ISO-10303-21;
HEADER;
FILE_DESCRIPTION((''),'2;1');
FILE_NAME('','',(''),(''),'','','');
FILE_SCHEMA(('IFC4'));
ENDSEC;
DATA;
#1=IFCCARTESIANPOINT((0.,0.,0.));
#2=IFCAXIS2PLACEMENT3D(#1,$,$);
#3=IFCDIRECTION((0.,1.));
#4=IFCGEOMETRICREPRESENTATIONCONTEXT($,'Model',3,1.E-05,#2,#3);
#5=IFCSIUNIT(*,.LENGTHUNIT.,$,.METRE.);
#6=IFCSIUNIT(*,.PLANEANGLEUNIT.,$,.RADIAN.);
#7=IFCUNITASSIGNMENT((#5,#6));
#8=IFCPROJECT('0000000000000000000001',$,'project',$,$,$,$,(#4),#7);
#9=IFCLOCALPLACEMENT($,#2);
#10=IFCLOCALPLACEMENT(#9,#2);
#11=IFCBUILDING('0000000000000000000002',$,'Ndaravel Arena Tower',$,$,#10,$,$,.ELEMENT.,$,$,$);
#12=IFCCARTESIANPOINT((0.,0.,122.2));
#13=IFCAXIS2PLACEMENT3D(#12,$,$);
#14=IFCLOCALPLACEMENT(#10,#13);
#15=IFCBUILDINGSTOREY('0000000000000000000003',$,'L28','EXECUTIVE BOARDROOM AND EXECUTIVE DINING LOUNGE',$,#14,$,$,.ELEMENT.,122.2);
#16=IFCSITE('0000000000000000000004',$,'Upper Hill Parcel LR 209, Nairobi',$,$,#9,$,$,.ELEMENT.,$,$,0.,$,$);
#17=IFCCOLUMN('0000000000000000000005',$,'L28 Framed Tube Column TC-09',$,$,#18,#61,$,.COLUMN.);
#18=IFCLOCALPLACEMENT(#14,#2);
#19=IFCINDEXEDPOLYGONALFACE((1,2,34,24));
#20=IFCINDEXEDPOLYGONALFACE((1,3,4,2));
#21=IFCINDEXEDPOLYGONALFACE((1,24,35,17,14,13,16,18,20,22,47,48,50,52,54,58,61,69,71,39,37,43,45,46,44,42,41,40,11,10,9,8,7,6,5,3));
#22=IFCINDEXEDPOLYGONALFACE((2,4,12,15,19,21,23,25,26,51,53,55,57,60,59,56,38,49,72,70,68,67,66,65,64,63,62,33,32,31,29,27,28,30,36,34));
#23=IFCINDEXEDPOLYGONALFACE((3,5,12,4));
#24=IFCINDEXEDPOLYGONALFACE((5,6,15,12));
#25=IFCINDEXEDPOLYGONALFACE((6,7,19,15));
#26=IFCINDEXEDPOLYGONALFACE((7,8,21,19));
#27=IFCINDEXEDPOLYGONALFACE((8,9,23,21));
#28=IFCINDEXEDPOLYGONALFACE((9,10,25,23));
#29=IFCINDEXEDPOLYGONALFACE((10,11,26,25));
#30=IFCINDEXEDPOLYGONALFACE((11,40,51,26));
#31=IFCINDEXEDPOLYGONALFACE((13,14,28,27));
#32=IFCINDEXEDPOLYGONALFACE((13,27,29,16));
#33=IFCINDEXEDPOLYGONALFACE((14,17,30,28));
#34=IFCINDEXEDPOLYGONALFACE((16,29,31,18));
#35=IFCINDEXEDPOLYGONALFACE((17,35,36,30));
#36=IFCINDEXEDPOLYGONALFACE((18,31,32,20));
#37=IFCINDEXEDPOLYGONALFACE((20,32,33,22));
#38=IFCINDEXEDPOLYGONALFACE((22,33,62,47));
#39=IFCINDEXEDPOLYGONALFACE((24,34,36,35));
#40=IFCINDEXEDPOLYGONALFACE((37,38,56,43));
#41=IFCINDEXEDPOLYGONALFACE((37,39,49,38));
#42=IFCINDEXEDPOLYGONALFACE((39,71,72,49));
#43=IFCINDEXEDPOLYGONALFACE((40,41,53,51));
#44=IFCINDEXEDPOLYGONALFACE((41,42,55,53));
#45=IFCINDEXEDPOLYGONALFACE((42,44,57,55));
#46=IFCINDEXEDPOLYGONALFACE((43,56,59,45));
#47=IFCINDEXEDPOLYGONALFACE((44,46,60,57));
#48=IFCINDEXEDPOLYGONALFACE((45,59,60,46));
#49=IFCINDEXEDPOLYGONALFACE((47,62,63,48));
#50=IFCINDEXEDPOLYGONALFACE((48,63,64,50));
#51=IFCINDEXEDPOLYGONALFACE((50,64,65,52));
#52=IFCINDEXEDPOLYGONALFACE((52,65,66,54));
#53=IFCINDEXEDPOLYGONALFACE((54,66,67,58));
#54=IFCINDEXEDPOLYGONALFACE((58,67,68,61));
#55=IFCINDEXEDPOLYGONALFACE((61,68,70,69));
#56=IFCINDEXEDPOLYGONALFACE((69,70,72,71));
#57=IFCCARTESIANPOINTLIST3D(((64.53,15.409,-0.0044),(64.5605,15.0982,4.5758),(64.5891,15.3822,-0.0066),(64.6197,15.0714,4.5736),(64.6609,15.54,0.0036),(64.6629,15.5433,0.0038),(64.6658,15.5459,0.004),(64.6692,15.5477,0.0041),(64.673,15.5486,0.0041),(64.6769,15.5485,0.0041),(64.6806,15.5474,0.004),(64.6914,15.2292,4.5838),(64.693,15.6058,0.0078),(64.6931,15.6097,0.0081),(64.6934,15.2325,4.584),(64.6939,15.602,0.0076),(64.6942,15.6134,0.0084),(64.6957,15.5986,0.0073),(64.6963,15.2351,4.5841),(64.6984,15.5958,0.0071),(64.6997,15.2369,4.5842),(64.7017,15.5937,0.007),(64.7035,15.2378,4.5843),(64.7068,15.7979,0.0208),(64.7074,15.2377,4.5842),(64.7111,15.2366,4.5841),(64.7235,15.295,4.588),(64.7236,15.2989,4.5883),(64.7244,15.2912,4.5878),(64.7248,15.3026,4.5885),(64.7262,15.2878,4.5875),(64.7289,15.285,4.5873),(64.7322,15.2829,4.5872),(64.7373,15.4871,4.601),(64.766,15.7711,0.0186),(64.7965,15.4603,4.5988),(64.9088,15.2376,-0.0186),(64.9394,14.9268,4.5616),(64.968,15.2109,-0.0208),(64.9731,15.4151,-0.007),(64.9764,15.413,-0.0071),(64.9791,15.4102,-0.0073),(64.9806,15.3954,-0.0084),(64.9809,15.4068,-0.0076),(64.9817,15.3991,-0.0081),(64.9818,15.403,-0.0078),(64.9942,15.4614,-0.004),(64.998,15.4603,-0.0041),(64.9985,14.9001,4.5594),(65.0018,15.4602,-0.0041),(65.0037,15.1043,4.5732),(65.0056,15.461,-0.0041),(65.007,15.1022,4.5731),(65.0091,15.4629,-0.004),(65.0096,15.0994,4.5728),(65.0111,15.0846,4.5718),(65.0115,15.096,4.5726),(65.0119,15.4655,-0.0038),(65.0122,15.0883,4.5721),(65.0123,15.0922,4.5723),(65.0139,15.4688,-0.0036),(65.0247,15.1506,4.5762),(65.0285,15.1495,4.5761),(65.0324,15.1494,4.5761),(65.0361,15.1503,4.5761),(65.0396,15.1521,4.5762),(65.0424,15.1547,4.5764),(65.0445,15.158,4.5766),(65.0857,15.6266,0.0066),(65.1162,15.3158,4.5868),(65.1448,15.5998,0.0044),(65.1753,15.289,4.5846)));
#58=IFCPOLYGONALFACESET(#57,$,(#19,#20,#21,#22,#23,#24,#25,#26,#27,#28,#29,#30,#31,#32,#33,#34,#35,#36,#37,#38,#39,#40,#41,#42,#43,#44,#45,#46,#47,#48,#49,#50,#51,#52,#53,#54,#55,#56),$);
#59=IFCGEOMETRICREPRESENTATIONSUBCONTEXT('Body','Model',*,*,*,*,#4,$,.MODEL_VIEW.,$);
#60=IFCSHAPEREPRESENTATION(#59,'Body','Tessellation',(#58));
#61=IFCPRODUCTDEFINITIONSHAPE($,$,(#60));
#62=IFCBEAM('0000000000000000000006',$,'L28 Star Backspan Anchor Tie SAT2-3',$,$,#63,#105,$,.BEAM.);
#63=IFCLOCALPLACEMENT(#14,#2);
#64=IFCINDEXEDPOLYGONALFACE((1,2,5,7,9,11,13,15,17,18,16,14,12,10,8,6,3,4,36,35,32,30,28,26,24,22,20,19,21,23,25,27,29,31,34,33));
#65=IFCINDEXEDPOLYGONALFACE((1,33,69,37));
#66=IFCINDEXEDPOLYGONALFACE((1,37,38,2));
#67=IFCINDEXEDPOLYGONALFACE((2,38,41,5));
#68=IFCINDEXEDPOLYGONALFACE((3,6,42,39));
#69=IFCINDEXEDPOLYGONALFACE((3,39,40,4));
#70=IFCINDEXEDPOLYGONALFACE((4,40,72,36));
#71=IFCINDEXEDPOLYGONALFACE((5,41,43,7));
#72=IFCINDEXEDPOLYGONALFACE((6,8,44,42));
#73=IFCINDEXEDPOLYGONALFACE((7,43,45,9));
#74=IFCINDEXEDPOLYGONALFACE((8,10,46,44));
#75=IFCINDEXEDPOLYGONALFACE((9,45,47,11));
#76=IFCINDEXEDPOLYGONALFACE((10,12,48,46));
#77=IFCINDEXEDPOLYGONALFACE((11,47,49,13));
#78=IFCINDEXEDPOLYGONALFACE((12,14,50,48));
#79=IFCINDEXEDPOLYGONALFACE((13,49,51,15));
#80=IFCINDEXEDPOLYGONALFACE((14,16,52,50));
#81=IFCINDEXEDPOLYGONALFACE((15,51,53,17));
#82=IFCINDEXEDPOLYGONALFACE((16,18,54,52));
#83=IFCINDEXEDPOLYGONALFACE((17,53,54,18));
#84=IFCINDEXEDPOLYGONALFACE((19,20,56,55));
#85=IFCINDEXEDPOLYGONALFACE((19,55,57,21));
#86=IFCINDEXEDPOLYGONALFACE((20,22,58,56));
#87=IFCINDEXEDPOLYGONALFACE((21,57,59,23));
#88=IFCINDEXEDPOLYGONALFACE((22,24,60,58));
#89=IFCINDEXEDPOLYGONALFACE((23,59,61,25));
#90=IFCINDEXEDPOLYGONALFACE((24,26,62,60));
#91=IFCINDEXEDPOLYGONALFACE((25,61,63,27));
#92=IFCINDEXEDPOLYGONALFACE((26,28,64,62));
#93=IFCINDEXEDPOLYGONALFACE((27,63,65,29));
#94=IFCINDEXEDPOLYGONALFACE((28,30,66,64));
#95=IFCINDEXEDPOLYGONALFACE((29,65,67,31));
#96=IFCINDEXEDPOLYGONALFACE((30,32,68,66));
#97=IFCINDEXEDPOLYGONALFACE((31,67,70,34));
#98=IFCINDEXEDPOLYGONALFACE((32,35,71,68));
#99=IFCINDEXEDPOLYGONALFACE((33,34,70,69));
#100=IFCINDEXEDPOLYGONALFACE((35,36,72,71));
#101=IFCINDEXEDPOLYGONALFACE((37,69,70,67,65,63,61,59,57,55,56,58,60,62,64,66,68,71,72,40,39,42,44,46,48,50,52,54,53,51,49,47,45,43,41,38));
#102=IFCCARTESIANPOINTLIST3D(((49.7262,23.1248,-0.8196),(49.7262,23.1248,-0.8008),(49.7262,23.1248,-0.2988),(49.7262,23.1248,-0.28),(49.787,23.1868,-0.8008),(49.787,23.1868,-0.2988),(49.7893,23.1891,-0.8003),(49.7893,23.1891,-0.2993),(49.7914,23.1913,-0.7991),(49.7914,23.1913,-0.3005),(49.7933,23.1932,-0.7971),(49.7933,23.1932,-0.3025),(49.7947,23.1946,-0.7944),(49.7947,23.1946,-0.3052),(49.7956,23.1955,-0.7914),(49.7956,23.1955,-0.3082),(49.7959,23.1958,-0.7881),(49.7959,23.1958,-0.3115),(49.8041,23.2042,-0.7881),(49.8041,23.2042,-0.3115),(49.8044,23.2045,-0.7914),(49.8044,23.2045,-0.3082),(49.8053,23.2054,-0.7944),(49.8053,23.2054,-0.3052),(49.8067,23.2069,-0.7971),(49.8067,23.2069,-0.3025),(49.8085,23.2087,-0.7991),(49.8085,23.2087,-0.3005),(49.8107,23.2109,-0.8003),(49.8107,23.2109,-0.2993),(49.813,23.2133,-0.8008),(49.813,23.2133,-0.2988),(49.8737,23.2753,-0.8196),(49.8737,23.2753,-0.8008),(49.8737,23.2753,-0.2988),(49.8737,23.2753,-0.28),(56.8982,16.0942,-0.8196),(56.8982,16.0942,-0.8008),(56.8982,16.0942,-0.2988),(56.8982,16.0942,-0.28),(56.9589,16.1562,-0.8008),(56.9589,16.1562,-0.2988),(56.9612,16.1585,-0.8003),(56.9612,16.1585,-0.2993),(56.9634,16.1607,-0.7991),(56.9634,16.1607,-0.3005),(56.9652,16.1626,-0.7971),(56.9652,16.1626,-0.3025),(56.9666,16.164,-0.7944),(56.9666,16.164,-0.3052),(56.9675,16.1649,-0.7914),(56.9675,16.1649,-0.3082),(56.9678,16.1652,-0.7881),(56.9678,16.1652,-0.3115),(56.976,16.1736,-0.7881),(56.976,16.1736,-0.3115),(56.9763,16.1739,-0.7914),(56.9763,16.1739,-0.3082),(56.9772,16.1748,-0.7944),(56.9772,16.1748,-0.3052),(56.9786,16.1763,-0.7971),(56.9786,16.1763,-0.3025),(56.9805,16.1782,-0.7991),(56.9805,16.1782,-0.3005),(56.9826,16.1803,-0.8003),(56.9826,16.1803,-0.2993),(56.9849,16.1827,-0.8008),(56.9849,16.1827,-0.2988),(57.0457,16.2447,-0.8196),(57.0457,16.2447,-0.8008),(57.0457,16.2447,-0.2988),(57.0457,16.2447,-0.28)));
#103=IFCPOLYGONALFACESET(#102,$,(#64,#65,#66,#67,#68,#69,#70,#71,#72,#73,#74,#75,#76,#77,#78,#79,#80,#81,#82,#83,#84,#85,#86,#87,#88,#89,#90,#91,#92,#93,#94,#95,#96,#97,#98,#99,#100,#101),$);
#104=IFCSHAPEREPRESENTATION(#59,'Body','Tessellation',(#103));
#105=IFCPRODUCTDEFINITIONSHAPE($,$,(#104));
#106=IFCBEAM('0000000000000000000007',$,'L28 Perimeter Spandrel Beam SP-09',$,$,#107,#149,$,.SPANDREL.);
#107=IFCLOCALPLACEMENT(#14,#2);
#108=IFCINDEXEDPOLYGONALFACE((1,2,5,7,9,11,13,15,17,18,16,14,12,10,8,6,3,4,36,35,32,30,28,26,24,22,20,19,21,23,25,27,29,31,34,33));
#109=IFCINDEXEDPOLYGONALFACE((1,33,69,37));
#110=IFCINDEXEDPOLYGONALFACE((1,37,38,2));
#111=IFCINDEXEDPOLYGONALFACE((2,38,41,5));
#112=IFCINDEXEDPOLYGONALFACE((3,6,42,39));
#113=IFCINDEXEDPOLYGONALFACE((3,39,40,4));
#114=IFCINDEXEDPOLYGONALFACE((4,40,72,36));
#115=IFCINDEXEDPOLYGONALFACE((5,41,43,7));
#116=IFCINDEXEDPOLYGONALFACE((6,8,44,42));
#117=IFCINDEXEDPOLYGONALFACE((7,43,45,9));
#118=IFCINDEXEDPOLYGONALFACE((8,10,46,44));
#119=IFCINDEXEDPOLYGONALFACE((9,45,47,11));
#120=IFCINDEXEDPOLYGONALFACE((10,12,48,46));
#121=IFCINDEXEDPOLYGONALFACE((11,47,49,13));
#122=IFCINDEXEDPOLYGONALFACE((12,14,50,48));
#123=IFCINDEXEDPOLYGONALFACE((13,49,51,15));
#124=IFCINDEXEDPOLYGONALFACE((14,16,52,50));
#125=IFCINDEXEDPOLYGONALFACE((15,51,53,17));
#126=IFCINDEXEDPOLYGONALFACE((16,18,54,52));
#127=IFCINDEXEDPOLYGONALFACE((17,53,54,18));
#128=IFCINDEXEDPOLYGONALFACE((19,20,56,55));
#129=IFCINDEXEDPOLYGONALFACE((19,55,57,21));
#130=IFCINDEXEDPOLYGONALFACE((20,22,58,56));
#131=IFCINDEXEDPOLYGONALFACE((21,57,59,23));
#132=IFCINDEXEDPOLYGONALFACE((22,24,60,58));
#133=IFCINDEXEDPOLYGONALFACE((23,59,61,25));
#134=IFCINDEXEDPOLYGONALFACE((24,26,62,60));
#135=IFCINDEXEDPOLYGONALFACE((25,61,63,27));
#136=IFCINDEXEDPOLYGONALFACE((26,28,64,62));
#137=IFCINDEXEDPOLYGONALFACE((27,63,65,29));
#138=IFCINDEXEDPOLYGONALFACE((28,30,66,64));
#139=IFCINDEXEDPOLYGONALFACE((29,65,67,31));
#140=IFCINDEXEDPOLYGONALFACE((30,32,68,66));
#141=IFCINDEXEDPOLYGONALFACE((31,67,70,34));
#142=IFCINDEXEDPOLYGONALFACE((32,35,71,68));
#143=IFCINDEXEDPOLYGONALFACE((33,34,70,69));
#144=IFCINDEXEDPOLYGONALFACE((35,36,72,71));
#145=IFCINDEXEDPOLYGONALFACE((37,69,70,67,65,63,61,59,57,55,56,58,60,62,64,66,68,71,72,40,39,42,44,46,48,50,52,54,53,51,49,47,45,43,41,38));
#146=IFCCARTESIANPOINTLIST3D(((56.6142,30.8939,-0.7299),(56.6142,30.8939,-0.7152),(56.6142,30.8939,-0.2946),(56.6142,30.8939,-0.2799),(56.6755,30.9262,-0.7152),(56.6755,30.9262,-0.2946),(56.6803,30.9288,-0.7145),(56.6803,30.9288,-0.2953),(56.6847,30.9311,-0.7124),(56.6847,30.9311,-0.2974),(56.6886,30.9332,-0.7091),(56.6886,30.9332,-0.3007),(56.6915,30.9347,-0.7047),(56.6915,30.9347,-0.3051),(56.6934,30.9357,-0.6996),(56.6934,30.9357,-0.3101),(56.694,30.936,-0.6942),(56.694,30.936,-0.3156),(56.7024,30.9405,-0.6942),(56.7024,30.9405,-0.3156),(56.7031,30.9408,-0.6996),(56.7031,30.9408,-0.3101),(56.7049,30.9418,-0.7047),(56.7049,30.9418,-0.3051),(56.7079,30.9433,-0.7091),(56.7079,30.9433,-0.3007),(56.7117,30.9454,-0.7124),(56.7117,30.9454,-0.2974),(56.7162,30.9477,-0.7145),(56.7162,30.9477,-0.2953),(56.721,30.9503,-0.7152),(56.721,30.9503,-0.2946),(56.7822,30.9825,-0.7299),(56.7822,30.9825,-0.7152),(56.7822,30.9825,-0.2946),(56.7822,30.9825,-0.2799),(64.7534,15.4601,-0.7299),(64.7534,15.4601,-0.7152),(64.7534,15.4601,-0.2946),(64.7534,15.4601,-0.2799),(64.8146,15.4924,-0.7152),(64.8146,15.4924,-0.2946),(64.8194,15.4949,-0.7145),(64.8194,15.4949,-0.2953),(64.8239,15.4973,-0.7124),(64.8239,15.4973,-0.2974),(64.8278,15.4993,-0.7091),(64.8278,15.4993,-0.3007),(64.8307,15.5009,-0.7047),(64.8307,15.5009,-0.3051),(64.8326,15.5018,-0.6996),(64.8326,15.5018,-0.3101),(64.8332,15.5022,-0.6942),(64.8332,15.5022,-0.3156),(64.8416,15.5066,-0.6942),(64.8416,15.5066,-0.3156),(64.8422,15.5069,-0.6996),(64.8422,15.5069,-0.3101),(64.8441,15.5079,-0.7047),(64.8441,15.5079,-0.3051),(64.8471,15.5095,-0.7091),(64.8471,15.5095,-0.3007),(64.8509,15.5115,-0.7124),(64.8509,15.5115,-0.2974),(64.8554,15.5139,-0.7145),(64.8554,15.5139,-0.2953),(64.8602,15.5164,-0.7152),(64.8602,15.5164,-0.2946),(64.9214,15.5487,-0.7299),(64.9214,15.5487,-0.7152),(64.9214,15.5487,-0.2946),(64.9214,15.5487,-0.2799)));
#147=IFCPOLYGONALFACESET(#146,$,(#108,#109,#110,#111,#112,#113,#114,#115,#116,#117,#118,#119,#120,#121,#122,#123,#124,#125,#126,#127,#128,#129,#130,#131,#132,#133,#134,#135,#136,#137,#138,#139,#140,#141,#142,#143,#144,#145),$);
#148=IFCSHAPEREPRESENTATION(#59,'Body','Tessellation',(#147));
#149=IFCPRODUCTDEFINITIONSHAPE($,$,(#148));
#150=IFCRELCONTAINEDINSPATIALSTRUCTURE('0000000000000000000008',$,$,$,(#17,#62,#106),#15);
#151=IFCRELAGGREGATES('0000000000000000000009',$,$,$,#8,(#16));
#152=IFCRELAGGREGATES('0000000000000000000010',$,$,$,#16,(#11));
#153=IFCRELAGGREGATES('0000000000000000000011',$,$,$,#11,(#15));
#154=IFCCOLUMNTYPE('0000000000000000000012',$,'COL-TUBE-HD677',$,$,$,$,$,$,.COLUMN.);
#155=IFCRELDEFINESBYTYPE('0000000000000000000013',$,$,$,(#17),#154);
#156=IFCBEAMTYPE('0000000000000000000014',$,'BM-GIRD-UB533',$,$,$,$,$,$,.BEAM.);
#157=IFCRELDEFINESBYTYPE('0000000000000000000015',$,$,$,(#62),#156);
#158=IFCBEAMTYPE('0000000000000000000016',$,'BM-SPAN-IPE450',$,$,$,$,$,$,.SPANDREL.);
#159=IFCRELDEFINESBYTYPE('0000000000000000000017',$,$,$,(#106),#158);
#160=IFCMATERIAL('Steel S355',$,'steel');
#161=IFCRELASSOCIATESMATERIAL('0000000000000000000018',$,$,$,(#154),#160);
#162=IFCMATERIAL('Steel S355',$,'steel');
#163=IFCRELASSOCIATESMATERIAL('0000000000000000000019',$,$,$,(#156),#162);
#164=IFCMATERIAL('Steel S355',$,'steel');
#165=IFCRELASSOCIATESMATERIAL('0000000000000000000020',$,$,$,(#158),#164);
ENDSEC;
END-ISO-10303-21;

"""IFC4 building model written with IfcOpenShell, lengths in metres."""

from ifc_helpers import new_model, si_unit, direction, frame, origin, origin_2d, place, context, subcontext, project, spatial, i_section, extrude, material, material_profile, profile_set, type_object, element, save


model = new_model("IFC4")

# Units and contexts
model_context = context("Model", 3, precision=1e-05, world=origin(), true_north=direction((0.0, 1.0)))
body_context = subcontext(model_context, "Body", "Model", "MODEL_VIEW")
ifc_project = project(units=[si_unit("LENGTHUNIT", "METRE"), si_unit("PLANEANGLEUNIT", "RADIAN")], contexts=[model_context])

# Site, building, storey
site_placement = place(None, origin())
site = spatial("IfcSite", under=ifc_project, at=site_placement, Name="Upper Hill Parcel LR 209, Nairobi", CompositionType="ELEMENT", RefElevation=0.0)
building_placement = place(site_placement, origin())
building = spatial("IfcBuilding", under=site, at=building_placement, Name="Ndaravel Arena Tower", CompositionType="ELEMENT")
storey_placement = place(building_placement, frame((0.0, 0.0, 122.2)))
storey = spatial("IfcBuildingStorey", under=building, at=storey_placement, Name="L28", Description="EXECUTIVE BOARDROOM AND EXECUTIVE DINING LOUNGE", CompositionType="ELEMENT", Elevation=122.2)

# Column
ifc_material_1 = material(Name="Steel S355", Category="steel")
ifc_material_profile_1 = material_profile(ifc_material_1, i_section(OverallWidth=0.428, OverallDepth=0.481, WebThickness=0.051, FlangeThickness=0.0649, FilletRadius=0.0149, at=origin_2d()), Name="HD 400x677")
ifc_profile_set_1 = profile_set([ifc_material_profile_1], Name="Steel S355")
column_type = type_object("IfcColumnType", Name="COL-TUBE-HD677", PredefinedType="COLUMN", material=ifc_profile_set_1)
column_placement = place(storey_placement, frame((64.8374, 15.5044, 0.0), z_axis=(0.006648, -0.0677, 0.997684), x_axis=(0.413172, 0.908745, 0.058912)))
element("IfcColumn", 1, at=column_placement, inside=storey, type_object=column_type, Name="L28 Framed Tube Column TC-09", PredefinedType="COLUMN", context=body_context, shape_type="SweptSolid", body=[
    extrude(i_section(OverallWidth=0.428, OverallDepth=0.481, WebThickness=0.051, FlangeThickness=0.0649, FilletRadius=0.0149, at=origin_2d()), origin(), (0.0, 0.0, 1.0), 4.5908),
])

# Beams
ifc_material_2 = material(Name="Steel S355", Category="steel")
ifc_material_profile_2 = material_profile(ifc_material_2, i_section(OverallWidth=0.2107, OverallDepth=0.5396, WebThickness=0.0117, FlangeThickness=0.0188, FilletRadius=0.0127, at=origin_2d()), Name="UB 533x210x109")
ifc_profile_set_2 = profile_set([ifc_material_profile_2], Name="Steel S355")
beam_type_1 = type_object("IfcBeamType", Name="BM-GIRD-UB533", PredefinedType="BEAM", material=ifc_profile_set_2)
beam_1_placement = place(storey_placement, frame((56.9719, 16.1694, -0.5498), z_axis=(-0.714109, 0.700034, 0.0), x_axis=(-0.700034, -0.714109, 0.0)))
element("IfcBeam", 2, at=beam_1_placement, inside=storey, type_object=beam_type_1, Name="L28 Star Backspan Anchor Tie SAT2-3", PredefinedType="BEAM", context=body_context, shape_type="SweptSolid", body=[
    extrude(i_section(OverallWidth=0.2107, OverallDepth=0.5396, WebThickness=0.0117, FlangeThickness=0.0188, FilletRadius=0.0127, at=origin_2d()), origin(), (0.0, 0.0, 1.0), 10.0432),
])
ifc_material_3 = material(Name="Steel S355", Category="steel")
ifc_material_profile_3 = material_profile(ifc_material_3, i_section(OverallWidth=0.1899, OverallDepth=0.45, WebThickness=0.0095, FlangeThickness=0.0146, FilletRadius=0.021, at=origin_2d()), Name="IPE 450")
ifc_profile_set_3 = profile_set([ifc_material_profile_3], Name="Steel S355")
beam_type_2 = type_object("IfcBeamType", Name="BM-SPAN-IPE450", PredefinedType="SPANDREL", material=ifc_profile_set_3)
beam_2_placement = place(storey_placement, frame((64.8374, 15.5044, -0.5049), z_axis=(-0.466468, 0.884538, 0.0), x_axis=(-0.884538, -0.466468, 0.0)))
element("IfcBeam", 3, at=beam_2_placement, inside=storey, type_object=beam_type_2, Name="L28 Perimeter Spandrel Beam SP-09", PredefinedType="SPANDREL", context=body_context, shape_type="SweptSolid", body=[
    extrude(i_section(OverallWidth=0.1899, OverallDepth=0.45, WebThickness=0.0095, FlangeThickness=0.0146, FilletRadius=0.021, at=origin_2d()), origin(), (0.0, 0.0, 1.0), 17.4485),
])

save(model, "model.ifc")
